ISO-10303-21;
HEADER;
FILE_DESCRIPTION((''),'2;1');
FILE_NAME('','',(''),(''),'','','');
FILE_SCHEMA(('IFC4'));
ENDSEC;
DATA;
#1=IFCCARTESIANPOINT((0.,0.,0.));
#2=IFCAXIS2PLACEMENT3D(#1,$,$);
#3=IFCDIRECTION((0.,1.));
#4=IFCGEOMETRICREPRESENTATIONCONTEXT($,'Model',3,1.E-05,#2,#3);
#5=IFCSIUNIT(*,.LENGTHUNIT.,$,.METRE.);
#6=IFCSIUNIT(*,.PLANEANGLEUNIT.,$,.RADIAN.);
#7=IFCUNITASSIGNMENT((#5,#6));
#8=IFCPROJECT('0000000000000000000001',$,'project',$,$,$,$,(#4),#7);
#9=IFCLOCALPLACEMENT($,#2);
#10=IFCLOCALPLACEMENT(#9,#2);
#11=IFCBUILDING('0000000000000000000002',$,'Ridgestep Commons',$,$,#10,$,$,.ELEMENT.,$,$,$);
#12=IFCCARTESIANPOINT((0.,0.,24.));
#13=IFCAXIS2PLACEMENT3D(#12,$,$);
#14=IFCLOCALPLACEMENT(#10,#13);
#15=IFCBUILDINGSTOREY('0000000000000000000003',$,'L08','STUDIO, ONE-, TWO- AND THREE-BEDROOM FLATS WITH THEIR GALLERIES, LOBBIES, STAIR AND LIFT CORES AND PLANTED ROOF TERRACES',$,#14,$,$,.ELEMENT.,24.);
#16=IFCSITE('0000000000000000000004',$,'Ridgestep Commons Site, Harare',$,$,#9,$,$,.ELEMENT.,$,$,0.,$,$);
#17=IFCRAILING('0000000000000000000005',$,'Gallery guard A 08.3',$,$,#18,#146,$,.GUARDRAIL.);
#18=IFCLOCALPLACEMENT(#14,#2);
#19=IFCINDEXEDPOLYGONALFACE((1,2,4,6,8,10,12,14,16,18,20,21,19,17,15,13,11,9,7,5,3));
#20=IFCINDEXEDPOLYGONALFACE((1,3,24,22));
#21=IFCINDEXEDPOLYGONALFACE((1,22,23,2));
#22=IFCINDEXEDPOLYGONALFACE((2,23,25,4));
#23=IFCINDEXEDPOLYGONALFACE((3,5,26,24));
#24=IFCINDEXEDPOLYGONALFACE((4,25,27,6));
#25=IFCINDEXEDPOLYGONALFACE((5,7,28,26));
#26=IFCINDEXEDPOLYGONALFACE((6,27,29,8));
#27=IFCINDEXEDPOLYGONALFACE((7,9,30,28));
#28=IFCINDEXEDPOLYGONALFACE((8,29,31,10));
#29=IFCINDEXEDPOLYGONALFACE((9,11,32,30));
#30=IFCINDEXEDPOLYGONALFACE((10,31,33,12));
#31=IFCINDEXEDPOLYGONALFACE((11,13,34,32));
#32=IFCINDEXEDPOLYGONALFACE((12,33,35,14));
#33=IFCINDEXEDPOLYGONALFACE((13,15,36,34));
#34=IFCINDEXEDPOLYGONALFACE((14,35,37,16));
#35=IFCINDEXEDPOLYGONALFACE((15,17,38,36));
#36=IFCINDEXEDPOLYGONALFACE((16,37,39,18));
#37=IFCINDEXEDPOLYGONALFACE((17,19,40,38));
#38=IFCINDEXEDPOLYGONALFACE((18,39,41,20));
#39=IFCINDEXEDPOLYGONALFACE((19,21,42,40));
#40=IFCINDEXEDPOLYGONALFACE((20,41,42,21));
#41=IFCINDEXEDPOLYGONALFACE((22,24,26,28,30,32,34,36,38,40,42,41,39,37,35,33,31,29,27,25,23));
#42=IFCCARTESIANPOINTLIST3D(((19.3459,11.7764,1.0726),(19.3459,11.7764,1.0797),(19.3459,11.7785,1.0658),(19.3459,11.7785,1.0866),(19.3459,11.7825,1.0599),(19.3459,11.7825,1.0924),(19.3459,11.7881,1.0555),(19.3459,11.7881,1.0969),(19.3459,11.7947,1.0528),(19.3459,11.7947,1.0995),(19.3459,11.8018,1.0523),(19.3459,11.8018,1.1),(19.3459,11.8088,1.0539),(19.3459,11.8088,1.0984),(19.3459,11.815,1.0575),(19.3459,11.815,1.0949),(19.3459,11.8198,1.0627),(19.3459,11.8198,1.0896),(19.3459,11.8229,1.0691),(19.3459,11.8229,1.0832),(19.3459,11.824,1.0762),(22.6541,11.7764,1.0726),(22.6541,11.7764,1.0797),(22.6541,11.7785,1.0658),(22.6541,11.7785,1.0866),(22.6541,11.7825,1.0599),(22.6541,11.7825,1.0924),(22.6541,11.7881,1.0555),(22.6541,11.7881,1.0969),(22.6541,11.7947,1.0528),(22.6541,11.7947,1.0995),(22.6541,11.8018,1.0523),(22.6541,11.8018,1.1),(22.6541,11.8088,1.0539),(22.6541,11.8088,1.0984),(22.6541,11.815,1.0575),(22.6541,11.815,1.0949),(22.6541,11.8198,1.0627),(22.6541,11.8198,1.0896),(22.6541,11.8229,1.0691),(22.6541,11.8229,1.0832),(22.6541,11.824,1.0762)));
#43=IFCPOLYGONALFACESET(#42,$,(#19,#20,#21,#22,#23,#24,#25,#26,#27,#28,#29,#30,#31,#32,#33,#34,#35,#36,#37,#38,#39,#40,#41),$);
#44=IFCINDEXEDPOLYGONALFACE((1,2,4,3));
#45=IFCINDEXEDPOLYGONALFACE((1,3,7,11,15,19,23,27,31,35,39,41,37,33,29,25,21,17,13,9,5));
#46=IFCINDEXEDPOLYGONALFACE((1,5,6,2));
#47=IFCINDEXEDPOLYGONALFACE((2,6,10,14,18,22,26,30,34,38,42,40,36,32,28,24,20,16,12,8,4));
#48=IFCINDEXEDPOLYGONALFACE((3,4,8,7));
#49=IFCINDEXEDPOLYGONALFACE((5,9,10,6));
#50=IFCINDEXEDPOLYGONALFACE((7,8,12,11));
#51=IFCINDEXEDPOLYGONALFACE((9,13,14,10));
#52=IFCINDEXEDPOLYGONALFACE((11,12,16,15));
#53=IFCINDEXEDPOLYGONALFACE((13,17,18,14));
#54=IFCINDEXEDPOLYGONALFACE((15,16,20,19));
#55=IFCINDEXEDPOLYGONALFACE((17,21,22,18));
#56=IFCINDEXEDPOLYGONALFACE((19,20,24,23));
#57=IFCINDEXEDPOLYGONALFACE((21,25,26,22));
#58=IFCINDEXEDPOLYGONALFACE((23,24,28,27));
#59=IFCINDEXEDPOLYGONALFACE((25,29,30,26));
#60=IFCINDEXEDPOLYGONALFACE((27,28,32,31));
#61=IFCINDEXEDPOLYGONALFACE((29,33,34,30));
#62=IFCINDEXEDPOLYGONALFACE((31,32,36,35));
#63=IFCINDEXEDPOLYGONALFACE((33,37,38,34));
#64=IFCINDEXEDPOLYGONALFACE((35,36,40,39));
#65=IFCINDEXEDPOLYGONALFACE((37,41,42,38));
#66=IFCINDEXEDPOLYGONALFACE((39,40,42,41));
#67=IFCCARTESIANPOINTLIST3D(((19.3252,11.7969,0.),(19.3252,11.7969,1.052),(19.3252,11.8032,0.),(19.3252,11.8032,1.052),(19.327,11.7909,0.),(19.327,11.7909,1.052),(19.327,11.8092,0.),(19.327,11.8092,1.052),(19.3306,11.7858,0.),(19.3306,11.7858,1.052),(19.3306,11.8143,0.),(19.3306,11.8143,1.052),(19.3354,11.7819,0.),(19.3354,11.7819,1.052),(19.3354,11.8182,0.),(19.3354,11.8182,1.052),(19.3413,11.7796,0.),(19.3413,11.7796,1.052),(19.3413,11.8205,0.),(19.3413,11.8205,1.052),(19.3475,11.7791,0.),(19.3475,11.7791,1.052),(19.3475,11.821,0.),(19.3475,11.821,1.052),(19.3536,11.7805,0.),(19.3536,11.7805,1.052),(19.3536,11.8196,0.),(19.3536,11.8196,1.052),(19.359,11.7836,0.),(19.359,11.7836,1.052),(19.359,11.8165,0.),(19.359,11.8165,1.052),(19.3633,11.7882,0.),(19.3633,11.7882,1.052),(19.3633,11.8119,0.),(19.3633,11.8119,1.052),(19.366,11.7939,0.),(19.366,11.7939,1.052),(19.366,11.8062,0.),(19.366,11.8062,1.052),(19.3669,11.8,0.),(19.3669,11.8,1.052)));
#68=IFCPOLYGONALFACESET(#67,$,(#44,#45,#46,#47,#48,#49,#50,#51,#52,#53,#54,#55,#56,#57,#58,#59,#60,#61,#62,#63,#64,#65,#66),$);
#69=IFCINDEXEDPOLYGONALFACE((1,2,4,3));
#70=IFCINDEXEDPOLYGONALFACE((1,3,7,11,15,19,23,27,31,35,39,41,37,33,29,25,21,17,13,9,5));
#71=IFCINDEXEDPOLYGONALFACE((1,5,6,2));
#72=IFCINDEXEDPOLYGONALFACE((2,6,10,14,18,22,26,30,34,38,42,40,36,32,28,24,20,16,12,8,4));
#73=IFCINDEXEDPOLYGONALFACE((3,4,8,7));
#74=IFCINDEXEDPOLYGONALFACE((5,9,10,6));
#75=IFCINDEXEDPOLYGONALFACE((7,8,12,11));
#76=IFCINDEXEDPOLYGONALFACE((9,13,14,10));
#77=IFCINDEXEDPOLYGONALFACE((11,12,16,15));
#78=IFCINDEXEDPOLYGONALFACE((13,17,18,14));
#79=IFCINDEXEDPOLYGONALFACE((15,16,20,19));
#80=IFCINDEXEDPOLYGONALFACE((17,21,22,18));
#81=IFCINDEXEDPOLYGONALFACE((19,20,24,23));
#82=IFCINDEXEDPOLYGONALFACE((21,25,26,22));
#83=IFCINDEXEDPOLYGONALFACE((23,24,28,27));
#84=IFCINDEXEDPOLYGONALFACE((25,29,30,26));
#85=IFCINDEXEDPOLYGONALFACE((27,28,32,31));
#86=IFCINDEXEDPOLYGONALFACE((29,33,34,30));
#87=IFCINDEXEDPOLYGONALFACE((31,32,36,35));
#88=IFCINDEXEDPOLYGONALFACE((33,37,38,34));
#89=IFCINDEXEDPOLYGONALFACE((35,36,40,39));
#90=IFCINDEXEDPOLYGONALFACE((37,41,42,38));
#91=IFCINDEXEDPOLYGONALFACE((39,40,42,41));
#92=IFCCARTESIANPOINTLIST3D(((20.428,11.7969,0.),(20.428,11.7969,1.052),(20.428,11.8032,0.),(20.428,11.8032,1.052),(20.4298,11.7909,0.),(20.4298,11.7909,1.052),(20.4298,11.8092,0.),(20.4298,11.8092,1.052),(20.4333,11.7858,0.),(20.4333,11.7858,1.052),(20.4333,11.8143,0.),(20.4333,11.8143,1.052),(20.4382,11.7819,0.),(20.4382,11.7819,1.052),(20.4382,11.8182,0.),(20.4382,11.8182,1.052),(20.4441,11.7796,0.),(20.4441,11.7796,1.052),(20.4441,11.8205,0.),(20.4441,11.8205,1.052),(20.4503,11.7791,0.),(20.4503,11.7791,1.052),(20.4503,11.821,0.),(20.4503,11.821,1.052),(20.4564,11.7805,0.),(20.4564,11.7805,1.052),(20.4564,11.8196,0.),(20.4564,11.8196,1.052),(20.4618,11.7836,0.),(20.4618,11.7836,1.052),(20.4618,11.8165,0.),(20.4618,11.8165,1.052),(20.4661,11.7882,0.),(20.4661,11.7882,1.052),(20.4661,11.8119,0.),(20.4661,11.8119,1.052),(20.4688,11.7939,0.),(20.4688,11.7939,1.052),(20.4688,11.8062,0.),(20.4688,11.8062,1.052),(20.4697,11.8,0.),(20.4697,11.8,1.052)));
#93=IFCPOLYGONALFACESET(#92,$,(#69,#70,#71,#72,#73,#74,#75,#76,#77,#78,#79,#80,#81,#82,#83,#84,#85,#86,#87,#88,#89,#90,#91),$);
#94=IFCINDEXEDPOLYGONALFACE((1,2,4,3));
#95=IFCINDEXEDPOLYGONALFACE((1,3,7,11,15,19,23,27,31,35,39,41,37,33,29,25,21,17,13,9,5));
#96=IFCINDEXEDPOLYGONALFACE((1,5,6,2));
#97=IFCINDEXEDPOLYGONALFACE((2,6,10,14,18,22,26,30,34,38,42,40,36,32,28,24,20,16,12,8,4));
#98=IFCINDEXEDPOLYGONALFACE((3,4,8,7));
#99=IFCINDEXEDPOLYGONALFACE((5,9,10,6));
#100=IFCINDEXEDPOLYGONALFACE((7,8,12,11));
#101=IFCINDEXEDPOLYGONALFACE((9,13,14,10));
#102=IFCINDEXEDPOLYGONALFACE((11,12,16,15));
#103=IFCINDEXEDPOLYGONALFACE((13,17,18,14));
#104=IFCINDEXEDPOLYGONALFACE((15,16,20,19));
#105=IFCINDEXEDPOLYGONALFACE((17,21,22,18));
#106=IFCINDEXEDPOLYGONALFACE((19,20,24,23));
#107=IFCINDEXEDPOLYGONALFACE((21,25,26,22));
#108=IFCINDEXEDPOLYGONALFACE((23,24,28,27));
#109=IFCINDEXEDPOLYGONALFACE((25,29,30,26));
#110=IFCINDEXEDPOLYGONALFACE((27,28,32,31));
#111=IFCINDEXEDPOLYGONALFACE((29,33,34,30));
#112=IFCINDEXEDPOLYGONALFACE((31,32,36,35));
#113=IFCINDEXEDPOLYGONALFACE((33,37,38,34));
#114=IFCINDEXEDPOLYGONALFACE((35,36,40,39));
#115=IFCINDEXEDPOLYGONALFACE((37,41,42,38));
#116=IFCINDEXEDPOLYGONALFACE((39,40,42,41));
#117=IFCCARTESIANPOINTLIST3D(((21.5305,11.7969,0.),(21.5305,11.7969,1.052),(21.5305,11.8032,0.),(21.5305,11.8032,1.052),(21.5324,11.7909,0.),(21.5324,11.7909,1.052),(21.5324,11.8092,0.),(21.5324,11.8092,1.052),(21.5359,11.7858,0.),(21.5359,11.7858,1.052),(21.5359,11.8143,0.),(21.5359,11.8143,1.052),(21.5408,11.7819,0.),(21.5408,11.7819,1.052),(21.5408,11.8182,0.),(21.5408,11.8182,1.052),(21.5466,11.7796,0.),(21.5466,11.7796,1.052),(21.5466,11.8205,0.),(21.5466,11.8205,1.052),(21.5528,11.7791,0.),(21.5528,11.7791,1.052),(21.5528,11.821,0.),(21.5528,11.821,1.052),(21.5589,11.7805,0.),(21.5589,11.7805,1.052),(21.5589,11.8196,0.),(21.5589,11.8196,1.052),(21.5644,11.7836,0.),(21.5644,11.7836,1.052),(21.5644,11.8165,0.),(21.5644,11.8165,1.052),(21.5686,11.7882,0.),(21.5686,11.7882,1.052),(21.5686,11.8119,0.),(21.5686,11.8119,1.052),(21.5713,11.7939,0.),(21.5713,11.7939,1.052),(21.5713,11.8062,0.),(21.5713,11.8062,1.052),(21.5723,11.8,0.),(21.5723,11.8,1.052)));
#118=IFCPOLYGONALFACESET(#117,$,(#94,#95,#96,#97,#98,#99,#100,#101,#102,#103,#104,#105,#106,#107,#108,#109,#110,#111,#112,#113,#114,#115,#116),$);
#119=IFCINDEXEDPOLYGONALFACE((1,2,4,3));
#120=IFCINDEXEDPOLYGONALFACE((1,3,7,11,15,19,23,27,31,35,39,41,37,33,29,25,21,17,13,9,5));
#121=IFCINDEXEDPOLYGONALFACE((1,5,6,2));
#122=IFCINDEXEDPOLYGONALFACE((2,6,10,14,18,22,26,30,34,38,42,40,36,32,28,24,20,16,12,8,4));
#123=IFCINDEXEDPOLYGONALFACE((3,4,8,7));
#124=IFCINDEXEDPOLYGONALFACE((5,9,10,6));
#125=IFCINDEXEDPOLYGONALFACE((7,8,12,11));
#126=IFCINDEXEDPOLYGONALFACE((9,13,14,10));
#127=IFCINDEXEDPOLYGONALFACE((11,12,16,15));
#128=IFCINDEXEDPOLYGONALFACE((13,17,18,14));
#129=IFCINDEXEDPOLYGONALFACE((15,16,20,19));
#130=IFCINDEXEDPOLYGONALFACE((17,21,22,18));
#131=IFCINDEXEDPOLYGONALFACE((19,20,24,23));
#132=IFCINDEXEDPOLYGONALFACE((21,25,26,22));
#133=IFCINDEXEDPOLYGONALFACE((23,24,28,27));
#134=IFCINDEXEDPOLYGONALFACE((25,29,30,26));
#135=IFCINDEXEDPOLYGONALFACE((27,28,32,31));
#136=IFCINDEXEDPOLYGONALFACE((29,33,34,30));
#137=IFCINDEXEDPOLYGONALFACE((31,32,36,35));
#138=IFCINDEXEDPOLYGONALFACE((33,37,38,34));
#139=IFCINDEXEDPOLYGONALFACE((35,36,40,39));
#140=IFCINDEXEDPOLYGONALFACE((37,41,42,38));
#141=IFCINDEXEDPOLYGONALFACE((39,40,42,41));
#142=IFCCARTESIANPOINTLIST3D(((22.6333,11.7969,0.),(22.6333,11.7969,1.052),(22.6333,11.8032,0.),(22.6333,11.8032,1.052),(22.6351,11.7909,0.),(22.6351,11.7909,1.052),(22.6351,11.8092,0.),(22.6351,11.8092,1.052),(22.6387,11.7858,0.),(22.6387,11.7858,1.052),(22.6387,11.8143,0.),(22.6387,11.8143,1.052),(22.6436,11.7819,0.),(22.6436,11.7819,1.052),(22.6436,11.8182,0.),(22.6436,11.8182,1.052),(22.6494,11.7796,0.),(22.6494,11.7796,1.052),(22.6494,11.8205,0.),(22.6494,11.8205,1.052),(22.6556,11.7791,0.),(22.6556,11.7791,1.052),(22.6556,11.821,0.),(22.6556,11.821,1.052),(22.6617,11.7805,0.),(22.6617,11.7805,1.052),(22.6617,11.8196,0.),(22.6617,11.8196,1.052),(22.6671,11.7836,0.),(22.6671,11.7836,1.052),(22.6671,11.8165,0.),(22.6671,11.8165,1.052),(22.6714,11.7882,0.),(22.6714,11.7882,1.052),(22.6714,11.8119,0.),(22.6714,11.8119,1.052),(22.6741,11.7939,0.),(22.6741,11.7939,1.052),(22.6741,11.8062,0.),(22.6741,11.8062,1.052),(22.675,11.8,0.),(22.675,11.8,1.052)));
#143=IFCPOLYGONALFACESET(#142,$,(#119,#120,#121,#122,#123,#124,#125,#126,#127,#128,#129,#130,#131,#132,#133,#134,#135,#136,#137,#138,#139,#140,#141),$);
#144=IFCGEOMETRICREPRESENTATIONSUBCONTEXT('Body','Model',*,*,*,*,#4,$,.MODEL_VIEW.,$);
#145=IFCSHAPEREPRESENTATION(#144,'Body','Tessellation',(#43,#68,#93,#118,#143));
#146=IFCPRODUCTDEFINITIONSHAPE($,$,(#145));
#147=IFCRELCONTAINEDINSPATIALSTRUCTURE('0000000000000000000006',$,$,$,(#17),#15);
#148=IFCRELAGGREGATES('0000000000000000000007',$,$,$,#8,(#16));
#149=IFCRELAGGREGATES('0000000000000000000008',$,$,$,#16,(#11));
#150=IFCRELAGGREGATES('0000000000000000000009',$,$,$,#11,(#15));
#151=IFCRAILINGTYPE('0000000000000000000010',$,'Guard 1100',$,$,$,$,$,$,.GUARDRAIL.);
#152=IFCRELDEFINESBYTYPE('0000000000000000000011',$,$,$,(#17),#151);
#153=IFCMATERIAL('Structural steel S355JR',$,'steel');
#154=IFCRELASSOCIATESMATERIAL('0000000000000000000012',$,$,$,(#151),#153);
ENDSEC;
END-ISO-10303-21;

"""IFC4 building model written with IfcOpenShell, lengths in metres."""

from ifc_helpers import new_model, si_unit, direction, frame, origin, origin_2d, place, context, subcontext, project, spatial, circle, extrude, material, type_object, element, save


model = new_model("IFC4")

# Units and contexts
model_context = context("Model", 3, precision=1e-05, world=origin(), true_north=direction((0.0, 1.0)))
body_context = subcontext(model_context, "Body", "Model", "MODEL_VIEW")
ifc_project = project(units=[si_unit("LENGTHUNIT", "METRE"), si_unit("PLANEANGLEUNIT", "RADIAN")], contexts=[model_context])

# Site, building, storey
site_placement = place(None, origin())
site = spatial("IfcSite", under=ifc_project, at=site_placement, Name="Ridgestep Commons Site, Harare", CompositionType="ELEMENT", RefElevation=0.0)
building_placement = place(site_placement, origin())
building = spatial("IfcBuilding", under=site, at=building_placement, Name="Ridgestep Commons", CompositionType="ELEMENT")
storey_placement = place(building_placement, frame((0.0, 0.0, 24.0)))
storey = spatial("IfcBuildingStorey", under=building, at=storey_placement, Name="L08", Description="STUDIO, ONE-, TWO- AND THREE-BEDROOM FLATS WITH THEIR GALLERIES, LOBBIES, STAIR AND LIFT CORES AND PLANTED ROOF TERRACES", CompositionType="ELEMENT", Elevation=24.0)

# Railing
ifc_material_1 = material(Name="Structural steel S355JR", Category="steel")
railing_type = type_object("IfcRailingType", Name="Guard 1100", PredefinedType="GUARDRAIL", material=ifc_material_1)
railing_1_placement = place(storey_placement, frame((19.3459, 11.8, 0.0)))
element("IfcRailing", 1, at=railing_1_placement, inside=storey, type_object=railing_type, Name="Gallery guard A 08.3", PredefinedType="GUARDRAIL", context=body_context, shape_type="SweptSolid", body=[
    extrude(circle(Radius=0.0239, at=origin_2d()), frame((0.0, 0.0, 1.0762), z_axis=(1.0, 0.0, 0.0), x_axis=(0.0, 1.0, 0.0)), (0.0, 0.0, 1.0), 3.3081),
    extrude(circle(Radius=0.021, at=origin_2d()), origin(), (0.0, 0.0, 1.0), 1.052),
    extrude(circle(Radius=0.021, at=origin_2d()), frame((1.1028, 0.0, 0.0)), (0.0, 0.0, 1.0), 1.052),
    extrude(circle(Radius=0.021, at=origin_2d()), frame((2.2053, 0.0, 0.0)), (0.0, 0.0, 1.0), 1.052),
    extrude(circle(Radius=0.021, at=origin_2d()), frame((3.3081, 0.0, 0.0)), (0.0, 0.0, 1.0), 1.052),
])

save(model, "model.ifc")
